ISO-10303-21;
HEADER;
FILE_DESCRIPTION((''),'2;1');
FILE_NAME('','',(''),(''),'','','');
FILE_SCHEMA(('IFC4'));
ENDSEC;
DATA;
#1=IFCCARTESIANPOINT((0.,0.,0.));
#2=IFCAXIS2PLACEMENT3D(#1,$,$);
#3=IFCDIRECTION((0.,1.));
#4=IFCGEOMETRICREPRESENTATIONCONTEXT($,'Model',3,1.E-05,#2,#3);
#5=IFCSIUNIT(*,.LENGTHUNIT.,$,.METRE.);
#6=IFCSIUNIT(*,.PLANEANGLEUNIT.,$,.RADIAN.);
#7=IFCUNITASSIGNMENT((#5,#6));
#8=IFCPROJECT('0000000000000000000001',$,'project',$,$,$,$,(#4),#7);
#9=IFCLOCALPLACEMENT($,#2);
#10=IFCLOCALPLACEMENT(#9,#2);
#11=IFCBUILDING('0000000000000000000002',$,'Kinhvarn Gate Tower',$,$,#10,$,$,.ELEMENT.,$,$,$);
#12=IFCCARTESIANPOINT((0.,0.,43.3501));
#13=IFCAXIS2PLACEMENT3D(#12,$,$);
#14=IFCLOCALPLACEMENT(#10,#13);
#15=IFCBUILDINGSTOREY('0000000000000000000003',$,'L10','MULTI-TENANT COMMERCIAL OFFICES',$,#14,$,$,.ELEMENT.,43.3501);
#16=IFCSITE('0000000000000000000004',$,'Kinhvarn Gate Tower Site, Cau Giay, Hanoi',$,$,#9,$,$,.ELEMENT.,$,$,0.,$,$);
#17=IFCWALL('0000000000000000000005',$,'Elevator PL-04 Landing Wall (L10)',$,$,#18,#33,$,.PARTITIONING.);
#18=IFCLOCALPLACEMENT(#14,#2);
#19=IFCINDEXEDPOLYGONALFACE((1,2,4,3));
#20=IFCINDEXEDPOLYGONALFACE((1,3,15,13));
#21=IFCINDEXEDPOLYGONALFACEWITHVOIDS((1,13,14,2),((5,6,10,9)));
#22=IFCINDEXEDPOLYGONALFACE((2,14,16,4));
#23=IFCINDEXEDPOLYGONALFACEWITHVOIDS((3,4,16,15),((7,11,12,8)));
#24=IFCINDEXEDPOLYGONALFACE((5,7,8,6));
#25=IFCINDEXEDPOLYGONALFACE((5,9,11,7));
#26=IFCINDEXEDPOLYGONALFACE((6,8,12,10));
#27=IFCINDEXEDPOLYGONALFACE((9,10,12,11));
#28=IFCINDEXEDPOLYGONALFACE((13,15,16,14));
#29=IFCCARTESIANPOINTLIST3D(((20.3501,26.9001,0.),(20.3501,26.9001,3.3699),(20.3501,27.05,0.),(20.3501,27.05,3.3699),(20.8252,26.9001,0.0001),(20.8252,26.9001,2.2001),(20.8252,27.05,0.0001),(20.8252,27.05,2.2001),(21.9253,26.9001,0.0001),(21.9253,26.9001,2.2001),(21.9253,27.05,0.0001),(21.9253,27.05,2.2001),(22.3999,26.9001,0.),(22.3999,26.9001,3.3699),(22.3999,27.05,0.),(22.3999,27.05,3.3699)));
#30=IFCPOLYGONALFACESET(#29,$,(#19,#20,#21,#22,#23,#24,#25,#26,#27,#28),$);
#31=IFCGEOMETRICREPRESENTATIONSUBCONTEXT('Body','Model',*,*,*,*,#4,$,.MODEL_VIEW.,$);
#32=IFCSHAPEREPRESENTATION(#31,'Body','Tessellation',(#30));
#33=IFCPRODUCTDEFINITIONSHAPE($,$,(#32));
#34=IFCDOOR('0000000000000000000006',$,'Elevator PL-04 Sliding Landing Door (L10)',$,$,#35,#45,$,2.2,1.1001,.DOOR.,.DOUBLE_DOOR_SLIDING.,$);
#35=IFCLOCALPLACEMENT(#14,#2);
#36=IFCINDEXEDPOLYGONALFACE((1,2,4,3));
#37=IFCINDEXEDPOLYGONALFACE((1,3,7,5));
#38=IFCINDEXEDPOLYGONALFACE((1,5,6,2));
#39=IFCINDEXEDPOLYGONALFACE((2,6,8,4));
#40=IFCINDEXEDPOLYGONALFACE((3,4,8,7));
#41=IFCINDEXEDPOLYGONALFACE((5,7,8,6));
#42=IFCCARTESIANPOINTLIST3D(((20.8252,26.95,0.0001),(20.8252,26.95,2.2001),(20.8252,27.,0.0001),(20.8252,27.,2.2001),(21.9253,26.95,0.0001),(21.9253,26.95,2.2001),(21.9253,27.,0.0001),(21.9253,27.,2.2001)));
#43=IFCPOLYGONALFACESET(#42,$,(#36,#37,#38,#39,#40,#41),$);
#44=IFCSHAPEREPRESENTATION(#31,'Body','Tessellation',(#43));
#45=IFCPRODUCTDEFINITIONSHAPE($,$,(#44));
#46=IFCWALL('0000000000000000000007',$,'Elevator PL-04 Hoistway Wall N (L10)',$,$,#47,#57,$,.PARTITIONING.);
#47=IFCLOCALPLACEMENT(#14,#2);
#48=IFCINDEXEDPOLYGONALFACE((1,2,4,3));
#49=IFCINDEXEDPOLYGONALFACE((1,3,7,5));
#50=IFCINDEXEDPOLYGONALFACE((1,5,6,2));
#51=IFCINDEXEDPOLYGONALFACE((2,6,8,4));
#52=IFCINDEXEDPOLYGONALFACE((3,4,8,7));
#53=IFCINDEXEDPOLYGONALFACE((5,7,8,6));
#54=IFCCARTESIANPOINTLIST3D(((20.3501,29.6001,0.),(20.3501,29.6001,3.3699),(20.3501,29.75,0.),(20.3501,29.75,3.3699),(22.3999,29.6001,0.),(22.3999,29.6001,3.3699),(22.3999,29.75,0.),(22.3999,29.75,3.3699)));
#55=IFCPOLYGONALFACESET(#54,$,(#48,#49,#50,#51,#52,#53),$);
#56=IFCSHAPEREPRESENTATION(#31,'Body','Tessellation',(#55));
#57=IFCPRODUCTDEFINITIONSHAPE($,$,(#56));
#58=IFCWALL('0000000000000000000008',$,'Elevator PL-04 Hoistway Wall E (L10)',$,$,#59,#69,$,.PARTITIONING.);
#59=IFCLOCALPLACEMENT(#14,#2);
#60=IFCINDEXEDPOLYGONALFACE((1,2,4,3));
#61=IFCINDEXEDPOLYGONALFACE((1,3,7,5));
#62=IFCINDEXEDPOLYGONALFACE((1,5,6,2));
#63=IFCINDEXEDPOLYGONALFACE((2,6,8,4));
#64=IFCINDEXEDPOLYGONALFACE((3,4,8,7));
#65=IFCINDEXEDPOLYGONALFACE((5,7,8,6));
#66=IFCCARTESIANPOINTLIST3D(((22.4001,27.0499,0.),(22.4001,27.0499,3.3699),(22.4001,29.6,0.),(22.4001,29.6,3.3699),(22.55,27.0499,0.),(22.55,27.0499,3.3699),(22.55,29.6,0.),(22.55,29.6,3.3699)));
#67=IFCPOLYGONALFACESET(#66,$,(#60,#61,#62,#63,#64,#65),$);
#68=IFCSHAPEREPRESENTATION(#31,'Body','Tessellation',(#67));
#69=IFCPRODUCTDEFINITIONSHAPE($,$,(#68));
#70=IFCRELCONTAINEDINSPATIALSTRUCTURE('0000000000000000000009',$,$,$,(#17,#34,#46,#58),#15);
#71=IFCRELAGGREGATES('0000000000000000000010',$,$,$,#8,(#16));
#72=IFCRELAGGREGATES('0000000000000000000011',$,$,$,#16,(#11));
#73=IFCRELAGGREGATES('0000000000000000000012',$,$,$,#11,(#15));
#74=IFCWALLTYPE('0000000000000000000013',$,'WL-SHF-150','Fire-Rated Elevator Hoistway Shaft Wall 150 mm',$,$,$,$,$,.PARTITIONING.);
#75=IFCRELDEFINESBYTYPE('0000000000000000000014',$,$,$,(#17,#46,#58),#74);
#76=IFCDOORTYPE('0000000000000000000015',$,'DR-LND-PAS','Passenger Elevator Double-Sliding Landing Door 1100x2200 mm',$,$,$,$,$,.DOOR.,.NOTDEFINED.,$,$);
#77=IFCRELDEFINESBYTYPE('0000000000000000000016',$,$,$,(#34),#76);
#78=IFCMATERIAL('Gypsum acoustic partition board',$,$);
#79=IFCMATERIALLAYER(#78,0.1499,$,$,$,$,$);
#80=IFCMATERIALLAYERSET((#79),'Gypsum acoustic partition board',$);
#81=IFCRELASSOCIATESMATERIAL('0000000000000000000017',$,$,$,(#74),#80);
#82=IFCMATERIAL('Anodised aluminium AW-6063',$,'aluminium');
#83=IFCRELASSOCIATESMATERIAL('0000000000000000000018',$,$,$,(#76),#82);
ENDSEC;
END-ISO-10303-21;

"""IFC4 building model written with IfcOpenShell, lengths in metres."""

from ifc_helpers import new_model, si_unit, direction, frame, frame_2d, origin, place, context, subcontext, project, spatial, rectangle, extrude, material, layer, layer_set, type_object, element, fill, save


model = new_model("IFC4")

# Units and contexts
model_context = context("Model", 3, precision=1e-05, world=origin(), true_north=direction((0.0, 1.0)))
body_context = subcontext(model_context, "Body", "Model", "MODEL_VIEW")
ifc_project = project(units=[si_unit("LENGTHUNIT", "METRE"), si_unit("PLANEANGLEUNIT", "RADIAN")], contexts=[model_context])

# Site, building, storey
site_placement = place(None, origin())
site = spatial("IfcSite", under=ifc_project, at=site_placement, Name="Kinhvarn Gate Tower Site, Cau Giay, Hanoi", CompositionType="ELEMENT", RefElevation=0.0)
building_placement = place(site_placement, origin())
building = spatial("IfcBuilding", under=site, at=building_placement, Name="Kinhvarn Gate Tower", CompositionType="ELEMENT")
storey_placement = place(building_placement, frame((0.0, 0.0, 43.3501)))
storey = spatial("IfcBuildingStorey", under=building, at=storey_placement, Name="L10", Description="MULTI-TENANT COMMERCIAL OFFICES", CompositionType="ELEMENT", Elevation=43.3501)

# Shared definitions
ifc_material_1 = material(Name="Gypsum acoustic partition board")

# Shared definitions
ifc_material_2 = material(Name="Anodised aluminium AW-6063", Category="aluminium")

# Shared definitions
ifc_layer_1 = layer(ifc_material_1, 0.1499)
ifc_layer_set_1 = layer_set([ifc_layer_1], Name="Gypsum acoustic partition board")
wall_type_1 = type_object("IfcWallType", Name="WL-SHF-150", Description="Fire-Rated Elevator Hoistway Shaft Wall 150 mm", PredefinedType="PARTITIONING", material=ifc_layer_set_1)
door_type_1 = type_object("IfcDoorType", Name="DR-LND-PAS", Description="Passenger Elevator Double-Sliding Landing Door 1100x2200 mm", OperationType="NOTDEFINED", PredefinedType="DOOR", material=ifc_material_2)

# Wall, opening, door
wall_1_placement = place(storey_placement, frame((20.3501, 26.9751, 0.0), z_axis=(0.0, 0.0, 1.0), x_axis=(1.0, 0.0, 0.0)))
wall_1 = element("IfcWall", 1, at=wall_1_placement, inside=storey, type_object=wall_type_1, Name="Elevator PL-04 Landing Wall (L10)", PredefinedType="PARTITIONING", context=body_context, shape_type="SweptSolid", body=[
    extrude(rectangle(XDim=2.0498, YDim=0.1499, at=frame_2d((1.0249, 0.0))), origin(), (0.0, 0.0, 1.0), 3.3699),
])
opening_1_placement = place(wall_1_placement, frame((0.4751, 0.0, 0.0)))
opening_1 = element("IfcOpeningElement", 2, at=opening_1_placement, cuts=wall_1, PredefinedType="OPENING", context=body_context, shape_type="SweptSolid", body=[
    extrude(rectangle(XDim=1.1001, YDim=2.2, at=frame_2d((0.55, 1.1001))), frame((0.0, 0.085, 0.0), z_axis=(0.0, -1.0, 0.0), x_axis=(1.0, 0.0, 0.0)), (0.0, 0.0, 1.0), 0.1699),
])
door_1_placement = place(opening_1_placement, origin())
door_1 = element("IfcDoor", 3, at=door_1_placement, inside=storey, type_object=door_type_1, Name="Elevator PL-04 Sliding Landing Door (L10)", OperationType="DOUBLE_DOOR_SLIDING", OverallHeight=2.2, OverallWidth=1.1001, PredefinedType="DOOR", context=body_context, shape_type="SweptSolid", body=[
    extrude(rectangle(XDim=1.1001, YDim=2.2, at=frame_2d((0.55, 1.1001))), frame((0.0, 0.0249, 0.0), z_axis=(0.0, -1.0, 0.0), x_axis=(1.0, 0.0, 0.0)), (0.0, 0.0, 1.0), 0.05),
])
fill(opening_1, door_1)

# Walls
wall_2_placement = place(storey_placement, frame((20.3501, 29.675, 0.0), z_axis=(0.0, 0.0, 1.0), x_axis=(1.0, 0.0, 0.0)))
element("IfcWall", 4, at=wall_2_placement, inside=storey, type_object=wall_type_1, Name="Elevator PL-04 Hoistway Wall N (L10)", PredefinedType="PARTITIONING", context=body_context, shape_type="SweptSolid", body=[
    extrude(rectangle(XDim=2.0498, YDim=0.1499, at=frame_2d((1.0249, 0.0))), origin(), (0.0, 0.0, 1.0), 3.3699),
])
wall_3_placement = place(storey_placement, frame((22.4751, 27.05, 0.0), z_axis=(0.0, 0.0, 1.0), x_axis=(0.0, 1.0, 0.0)))
element("IfcWall", 5, at=wall_3_placement, inside=storey, type_object=wall_type_1, Name="Elevator PL-04 Hoistway Wall E (L10)", PredefinedType="PARTITIONING", context=body_context, shape_type="SweptSolid", body=[
    extrude(rectangle(XDim=2.55, YDim=0.1499, at=frame_2d((1.2749, 0.0))), origin(), (0.0, 0.0, 1.0), 3.3699),
])

save(model, "model.ifc")
